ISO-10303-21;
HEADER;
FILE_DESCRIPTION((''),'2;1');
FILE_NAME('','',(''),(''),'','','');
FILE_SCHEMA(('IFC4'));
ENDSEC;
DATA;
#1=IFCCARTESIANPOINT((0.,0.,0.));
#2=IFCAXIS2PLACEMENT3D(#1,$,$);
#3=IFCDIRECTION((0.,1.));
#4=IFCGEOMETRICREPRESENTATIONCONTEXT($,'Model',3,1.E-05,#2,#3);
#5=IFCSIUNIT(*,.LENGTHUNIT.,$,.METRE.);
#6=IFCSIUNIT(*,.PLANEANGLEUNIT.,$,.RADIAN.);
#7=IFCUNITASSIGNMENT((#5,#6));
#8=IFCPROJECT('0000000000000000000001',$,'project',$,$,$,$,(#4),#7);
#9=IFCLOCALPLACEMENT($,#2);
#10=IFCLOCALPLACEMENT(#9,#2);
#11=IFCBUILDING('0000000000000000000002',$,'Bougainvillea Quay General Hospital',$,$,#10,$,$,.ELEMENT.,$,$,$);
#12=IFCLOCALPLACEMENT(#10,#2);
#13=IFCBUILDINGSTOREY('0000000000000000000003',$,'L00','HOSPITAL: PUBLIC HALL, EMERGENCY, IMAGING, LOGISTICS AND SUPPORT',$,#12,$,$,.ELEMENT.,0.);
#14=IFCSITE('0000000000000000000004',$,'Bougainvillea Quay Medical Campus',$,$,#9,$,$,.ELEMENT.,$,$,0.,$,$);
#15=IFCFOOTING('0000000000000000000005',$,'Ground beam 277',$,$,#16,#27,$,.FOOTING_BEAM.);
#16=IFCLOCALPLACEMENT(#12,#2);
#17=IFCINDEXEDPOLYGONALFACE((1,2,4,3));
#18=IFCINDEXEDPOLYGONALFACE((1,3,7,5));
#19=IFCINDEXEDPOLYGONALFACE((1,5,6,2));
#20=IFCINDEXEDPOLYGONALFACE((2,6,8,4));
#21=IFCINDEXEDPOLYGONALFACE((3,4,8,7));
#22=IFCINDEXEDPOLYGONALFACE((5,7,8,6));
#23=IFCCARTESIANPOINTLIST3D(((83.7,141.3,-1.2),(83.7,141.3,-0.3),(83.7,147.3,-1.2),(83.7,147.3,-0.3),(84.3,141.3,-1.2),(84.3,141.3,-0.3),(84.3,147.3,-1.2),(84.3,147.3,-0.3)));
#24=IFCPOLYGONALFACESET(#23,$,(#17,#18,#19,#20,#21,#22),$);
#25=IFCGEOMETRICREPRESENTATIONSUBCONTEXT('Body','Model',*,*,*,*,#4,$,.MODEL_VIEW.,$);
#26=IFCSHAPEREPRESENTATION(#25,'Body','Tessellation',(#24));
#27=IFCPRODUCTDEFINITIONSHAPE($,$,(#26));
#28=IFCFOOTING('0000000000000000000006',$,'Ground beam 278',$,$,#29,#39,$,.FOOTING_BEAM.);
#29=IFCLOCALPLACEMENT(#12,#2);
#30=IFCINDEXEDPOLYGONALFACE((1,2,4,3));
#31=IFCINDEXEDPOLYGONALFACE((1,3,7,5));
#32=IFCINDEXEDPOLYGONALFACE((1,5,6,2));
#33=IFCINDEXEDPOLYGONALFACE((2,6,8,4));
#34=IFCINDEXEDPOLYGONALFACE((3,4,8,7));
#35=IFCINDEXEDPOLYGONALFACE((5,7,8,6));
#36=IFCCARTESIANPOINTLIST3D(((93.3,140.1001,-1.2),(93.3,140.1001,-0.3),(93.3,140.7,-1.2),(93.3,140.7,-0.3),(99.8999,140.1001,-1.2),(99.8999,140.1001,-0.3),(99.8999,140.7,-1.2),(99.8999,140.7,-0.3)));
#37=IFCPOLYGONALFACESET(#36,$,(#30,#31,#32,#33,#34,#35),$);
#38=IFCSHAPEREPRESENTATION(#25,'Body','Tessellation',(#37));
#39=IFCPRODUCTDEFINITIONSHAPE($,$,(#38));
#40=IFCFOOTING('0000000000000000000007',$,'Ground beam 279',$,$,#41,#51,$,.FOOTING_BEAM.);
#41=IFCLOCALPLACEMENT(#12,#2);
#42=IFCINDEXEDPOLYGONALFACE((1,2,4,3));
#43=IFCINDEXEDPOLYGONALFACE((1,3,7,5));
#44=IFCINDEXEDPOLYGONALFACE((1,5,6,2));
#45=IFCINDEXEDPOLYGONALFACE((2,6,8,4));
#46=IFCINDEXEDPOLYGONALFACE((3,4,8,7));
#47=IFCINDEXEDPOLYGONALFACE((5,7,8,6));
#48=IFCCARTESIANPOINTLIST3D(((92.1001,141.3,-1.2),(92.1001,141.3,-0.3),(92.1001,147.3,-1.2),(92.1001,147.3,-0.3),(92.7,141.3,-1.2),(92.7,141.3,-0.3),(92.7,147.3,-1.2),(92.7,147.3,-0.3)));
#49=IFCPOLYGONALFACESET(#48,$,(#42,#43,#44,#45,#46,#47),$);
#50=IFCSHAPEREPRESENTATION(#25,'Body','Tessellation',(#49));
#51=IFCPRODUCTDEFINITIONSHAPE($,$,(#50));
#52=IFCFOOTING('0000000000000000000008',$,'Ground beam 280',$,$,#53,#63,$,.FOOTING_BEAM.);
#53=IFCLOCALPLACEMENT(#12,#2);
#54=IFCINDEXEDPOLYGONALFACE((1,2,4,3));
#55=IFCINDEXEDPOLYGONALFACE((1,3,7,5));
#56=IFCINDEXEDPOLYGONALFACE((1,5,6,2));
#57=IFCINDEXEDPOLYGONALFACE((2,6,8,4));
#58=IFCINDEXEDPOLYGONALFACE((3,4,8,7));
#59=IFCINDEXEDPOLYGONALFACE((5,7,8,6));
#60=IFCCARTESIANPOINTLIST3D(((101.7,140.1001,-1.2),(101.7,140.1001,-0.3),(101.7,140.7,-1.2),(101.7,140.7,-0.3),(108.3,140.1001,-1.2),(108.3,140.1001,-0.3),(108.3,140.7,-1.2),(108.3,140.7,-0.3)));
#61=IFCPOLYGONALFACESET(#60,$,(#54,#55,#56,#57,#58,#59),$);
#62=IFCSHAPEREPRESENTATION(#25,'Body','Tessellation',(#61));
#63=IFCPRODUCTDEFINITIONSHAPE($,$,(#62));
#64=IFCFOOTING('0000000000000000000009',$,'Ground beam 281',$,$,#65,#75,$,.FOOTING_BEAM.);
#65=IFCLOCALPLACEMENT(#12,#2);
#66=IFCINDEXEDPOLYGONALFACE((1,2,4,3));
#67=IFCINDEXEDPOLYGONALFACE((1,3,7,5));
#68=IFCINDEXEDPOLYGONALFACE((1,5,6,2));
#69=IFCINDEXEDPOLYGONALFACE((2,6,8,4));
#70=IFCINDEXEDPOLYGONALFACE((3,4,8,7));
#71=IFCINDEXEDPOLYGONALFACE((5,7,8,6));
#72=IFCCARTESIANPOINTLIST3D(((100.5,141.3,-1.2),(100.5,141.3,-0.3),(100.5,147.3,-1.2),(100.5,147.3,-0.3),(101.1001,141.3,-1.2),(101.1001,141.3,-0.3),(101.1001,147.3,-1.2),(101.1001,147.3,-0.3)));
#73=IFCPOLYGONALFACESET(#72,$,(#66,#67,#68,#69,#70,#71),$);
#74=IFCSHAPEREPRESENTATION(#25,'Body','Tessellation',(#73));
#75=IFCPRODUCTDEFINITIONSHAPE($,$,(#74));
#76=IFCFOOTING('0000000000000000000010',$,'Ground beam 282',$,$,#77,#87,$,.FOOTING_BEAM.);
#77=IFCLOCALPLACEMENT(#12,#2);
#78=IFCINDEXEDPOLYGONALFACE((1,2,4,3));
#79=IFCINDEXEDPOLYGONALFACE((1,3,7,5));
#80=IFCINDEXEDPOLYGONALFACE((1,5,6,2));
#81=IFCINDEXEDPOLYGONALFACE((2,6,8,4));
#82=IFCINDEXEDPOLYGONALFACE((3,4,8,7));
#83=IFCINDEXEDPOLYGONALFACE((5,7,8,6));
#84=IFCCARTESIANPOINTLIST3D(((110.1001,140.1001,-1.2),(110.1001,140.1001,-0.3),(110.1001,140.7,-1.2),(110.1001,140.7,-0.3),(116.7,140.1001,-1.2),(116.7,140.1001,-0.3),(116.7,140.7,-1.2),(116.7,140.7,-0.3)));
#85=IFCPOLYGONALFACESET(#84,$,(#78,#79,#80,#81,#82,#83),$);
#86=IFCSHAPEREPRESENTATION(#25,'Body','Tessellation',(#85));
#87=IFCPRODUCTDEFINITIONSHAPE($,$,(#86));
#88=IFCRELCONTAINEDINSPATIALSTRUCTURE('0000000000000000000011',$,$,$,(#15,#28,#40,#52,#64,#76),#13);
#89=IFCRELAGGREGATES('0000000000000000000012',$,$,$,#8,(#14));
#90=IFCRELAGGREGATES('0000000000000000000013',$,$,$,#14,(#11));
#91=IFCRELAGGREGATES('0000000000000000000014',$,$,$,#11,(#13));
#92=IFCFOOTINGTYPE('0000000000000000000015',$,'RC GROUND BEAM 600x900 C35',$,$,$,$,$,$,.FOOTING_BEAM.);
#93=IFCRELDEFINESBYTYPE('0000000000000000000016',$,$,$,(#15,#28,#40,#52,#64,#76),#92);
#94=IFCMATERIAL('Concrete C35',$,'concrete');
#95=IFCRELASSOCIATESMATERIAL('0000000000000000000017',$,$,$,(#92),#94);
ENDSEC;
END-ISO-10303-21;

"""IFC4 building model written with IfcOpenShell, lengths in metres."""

from ifc_helpers import new_model, si_unit, direction, frame, origin, origin_2d, place, context, subcontext, project, spatial, polyline, rectangle, outline, extrude, material, material_profile, profile_set, type_object, element, save


model = new_model("IFC4")

# Units and contexts
model_context = context("Model", 3, precision=1e-05, world=origin(), true_north=direction((0.0, 1.0)))
body_context = subcontext(model_context, "Body", "Model", "MODEL_VIEW")
ifc_project = project(units=[si_unit("LENGTHUNIT", "METRE"), si_unit("PLANEANGLEUNIT", "RADIAN")], contexts=[model_context])

# Site, building, storey
site_placement = place(None, origin())
site = spatial("IfcSite", under=ifc_project, at=site_placement, Name="Bougainvillea Quay Medical Campus", CompositionType="ELEMENT", RefElevation=0.0)
building_placement = place(site_placement, origin())
building = spatial("IfcBuilding", under=site, at=building_placement, Name="Bougainvillea Quay General Hospital", CompositionType="ELEMENT")
storey_placement = place(building_placement, origin())
storey = spatial("IfcBuildingStorey", under=building, at=storey_placement, Name="L00", Description="HOSPITAL: PUBLIC HALL, EMERGENCY, IMAGING, LOGISTICS AND SUPPORT", CompositionType="ELEMENT", Elevation=0.0)

# Footings
ifc_material = material(Name="Concrete C35", Category="concrete")
ifc_material_profile = material_profile(ifc_material, rectangle(XDim=0.6001, YDim=0.8999, at=origin_2d()))
ifc_profile_set = profile_set([ifc_material_profile], Name="Concrete C35")
footing_type = type_object("IfcFootingType", Name="RC GROUND BEAM 600x900 C35", PredefinedType="FOOTING_BEAM", material=ifc_profile_set)
footing_1_placement = place(storey_placement, frame((0.0, 0.0, -1.2)))
element("IfcFooting", 1, at=footing_1_placement, inside=storey, type_object=footing_type, Name="Ground beam 277", PredefinedType="FOOTING_BEAM", context=body_context, shape_type="SweptSolid", body=[
    extrude(outline(polyline([(83.7, 141.3), (83.7, 147.3), (84.3, 147.3), (84.3, 141.3), (83.7, 141.3)])), origin(), (0.0, 0.0, 1.0), 0.8999),
])
footing_2_placement = place(storey_placement, frame((0.0, 0.0, -1.2)))
element("IfcFooting", 2, at=footing_2_placement, inside=storey, type_object=footing_type, Name="Ground beam 278", PredefinedType="FOOTING_BEAM", context=body_context, shape_type="SweptSolid", body=[
    extrude(outline(polyline([(93.3, 140.7), (99.8999, 140.7), (99.8999, 140.1001), (93.3, 140.1001), (93.3, 140.7)])), origin(), (0.0, 0.0, 1.0), 0.8999),
])
footing_3_placement = place(storey_placement, frame((0.0, 0.0, -1.2)))
element("IfcFooting", 3, at=footing_3_placement, inside=storey, type_object=footing_type, Name="Ground beam 279", PredefinedType="FOOTING_BEAM", context=body_context, shape_type="SweptSolid", body=[
    extrude(outline(polyline([(92.1001, 141.3), (92.1001, 147.3), (92.7, 147.3), (92.7, 141.3), (92.1001, 141.3)])), origin(), (0.0, 0.0, 1.0), 0.8999),
])
footing_4_placement = place(storey_placement, frame((0.0, 0.0, -1.2)))
element("IfcFooting", 4, at=footing_4_placement, inside=storey, type_object=footing_type, Name="Ground beam 280", PredefinedType="FOOTING_BEAM", context=body_context, shape_type="SweptSolid", body=[
    extrude(outline(polyline([(101.7, 140.7), (108.3, 140.7), (108.3, 140.1001), (101.7, 140.1001), (101.7, 140.7)])), origin(), (0.0, 0.0, 1.0), 0.8999),
])
footing_5_placement = place(storey_placement, frame((0.0, 0.0, -1.2)))
element("IfcFooting", 5, at=footing_5_placement, inside=storey, type_object=footing_type, Name="Ground beam 281", PredefinedType="FOOTING_BEAM", context=body_context, shape_type="SweptSolid", body=[
    extrude(outline(polyline([(100.5, 141.3), (100.5, 147.3), (101.1001, 147.3), (101.1001, 141.3), (100.5, 141.3)])), origin(), (0.0, 0.0, 1.0), 0.8999),
])
footing_6_placement = place(storey_placement, frame((0.0, 0.0, -1.2)))
element("IfcFooting", 6, at=footing_6_placement, inside=storey, type_object=footing_type, Name="Ground beam 282", PredefinedType="FOOTING_BEAM", context=body_context, shape_type="SweptSolid", body=[
    extrude(outline(polyline([(110.1001, 140.7), (116.7, 140.7), (116.7, 140.1001), (110.1001, 140.1001), (110.1001, 140.7)])), origin(), (0.0, 0.0, 1.0), 0.8999),
])

save(model, "model.ifc")
